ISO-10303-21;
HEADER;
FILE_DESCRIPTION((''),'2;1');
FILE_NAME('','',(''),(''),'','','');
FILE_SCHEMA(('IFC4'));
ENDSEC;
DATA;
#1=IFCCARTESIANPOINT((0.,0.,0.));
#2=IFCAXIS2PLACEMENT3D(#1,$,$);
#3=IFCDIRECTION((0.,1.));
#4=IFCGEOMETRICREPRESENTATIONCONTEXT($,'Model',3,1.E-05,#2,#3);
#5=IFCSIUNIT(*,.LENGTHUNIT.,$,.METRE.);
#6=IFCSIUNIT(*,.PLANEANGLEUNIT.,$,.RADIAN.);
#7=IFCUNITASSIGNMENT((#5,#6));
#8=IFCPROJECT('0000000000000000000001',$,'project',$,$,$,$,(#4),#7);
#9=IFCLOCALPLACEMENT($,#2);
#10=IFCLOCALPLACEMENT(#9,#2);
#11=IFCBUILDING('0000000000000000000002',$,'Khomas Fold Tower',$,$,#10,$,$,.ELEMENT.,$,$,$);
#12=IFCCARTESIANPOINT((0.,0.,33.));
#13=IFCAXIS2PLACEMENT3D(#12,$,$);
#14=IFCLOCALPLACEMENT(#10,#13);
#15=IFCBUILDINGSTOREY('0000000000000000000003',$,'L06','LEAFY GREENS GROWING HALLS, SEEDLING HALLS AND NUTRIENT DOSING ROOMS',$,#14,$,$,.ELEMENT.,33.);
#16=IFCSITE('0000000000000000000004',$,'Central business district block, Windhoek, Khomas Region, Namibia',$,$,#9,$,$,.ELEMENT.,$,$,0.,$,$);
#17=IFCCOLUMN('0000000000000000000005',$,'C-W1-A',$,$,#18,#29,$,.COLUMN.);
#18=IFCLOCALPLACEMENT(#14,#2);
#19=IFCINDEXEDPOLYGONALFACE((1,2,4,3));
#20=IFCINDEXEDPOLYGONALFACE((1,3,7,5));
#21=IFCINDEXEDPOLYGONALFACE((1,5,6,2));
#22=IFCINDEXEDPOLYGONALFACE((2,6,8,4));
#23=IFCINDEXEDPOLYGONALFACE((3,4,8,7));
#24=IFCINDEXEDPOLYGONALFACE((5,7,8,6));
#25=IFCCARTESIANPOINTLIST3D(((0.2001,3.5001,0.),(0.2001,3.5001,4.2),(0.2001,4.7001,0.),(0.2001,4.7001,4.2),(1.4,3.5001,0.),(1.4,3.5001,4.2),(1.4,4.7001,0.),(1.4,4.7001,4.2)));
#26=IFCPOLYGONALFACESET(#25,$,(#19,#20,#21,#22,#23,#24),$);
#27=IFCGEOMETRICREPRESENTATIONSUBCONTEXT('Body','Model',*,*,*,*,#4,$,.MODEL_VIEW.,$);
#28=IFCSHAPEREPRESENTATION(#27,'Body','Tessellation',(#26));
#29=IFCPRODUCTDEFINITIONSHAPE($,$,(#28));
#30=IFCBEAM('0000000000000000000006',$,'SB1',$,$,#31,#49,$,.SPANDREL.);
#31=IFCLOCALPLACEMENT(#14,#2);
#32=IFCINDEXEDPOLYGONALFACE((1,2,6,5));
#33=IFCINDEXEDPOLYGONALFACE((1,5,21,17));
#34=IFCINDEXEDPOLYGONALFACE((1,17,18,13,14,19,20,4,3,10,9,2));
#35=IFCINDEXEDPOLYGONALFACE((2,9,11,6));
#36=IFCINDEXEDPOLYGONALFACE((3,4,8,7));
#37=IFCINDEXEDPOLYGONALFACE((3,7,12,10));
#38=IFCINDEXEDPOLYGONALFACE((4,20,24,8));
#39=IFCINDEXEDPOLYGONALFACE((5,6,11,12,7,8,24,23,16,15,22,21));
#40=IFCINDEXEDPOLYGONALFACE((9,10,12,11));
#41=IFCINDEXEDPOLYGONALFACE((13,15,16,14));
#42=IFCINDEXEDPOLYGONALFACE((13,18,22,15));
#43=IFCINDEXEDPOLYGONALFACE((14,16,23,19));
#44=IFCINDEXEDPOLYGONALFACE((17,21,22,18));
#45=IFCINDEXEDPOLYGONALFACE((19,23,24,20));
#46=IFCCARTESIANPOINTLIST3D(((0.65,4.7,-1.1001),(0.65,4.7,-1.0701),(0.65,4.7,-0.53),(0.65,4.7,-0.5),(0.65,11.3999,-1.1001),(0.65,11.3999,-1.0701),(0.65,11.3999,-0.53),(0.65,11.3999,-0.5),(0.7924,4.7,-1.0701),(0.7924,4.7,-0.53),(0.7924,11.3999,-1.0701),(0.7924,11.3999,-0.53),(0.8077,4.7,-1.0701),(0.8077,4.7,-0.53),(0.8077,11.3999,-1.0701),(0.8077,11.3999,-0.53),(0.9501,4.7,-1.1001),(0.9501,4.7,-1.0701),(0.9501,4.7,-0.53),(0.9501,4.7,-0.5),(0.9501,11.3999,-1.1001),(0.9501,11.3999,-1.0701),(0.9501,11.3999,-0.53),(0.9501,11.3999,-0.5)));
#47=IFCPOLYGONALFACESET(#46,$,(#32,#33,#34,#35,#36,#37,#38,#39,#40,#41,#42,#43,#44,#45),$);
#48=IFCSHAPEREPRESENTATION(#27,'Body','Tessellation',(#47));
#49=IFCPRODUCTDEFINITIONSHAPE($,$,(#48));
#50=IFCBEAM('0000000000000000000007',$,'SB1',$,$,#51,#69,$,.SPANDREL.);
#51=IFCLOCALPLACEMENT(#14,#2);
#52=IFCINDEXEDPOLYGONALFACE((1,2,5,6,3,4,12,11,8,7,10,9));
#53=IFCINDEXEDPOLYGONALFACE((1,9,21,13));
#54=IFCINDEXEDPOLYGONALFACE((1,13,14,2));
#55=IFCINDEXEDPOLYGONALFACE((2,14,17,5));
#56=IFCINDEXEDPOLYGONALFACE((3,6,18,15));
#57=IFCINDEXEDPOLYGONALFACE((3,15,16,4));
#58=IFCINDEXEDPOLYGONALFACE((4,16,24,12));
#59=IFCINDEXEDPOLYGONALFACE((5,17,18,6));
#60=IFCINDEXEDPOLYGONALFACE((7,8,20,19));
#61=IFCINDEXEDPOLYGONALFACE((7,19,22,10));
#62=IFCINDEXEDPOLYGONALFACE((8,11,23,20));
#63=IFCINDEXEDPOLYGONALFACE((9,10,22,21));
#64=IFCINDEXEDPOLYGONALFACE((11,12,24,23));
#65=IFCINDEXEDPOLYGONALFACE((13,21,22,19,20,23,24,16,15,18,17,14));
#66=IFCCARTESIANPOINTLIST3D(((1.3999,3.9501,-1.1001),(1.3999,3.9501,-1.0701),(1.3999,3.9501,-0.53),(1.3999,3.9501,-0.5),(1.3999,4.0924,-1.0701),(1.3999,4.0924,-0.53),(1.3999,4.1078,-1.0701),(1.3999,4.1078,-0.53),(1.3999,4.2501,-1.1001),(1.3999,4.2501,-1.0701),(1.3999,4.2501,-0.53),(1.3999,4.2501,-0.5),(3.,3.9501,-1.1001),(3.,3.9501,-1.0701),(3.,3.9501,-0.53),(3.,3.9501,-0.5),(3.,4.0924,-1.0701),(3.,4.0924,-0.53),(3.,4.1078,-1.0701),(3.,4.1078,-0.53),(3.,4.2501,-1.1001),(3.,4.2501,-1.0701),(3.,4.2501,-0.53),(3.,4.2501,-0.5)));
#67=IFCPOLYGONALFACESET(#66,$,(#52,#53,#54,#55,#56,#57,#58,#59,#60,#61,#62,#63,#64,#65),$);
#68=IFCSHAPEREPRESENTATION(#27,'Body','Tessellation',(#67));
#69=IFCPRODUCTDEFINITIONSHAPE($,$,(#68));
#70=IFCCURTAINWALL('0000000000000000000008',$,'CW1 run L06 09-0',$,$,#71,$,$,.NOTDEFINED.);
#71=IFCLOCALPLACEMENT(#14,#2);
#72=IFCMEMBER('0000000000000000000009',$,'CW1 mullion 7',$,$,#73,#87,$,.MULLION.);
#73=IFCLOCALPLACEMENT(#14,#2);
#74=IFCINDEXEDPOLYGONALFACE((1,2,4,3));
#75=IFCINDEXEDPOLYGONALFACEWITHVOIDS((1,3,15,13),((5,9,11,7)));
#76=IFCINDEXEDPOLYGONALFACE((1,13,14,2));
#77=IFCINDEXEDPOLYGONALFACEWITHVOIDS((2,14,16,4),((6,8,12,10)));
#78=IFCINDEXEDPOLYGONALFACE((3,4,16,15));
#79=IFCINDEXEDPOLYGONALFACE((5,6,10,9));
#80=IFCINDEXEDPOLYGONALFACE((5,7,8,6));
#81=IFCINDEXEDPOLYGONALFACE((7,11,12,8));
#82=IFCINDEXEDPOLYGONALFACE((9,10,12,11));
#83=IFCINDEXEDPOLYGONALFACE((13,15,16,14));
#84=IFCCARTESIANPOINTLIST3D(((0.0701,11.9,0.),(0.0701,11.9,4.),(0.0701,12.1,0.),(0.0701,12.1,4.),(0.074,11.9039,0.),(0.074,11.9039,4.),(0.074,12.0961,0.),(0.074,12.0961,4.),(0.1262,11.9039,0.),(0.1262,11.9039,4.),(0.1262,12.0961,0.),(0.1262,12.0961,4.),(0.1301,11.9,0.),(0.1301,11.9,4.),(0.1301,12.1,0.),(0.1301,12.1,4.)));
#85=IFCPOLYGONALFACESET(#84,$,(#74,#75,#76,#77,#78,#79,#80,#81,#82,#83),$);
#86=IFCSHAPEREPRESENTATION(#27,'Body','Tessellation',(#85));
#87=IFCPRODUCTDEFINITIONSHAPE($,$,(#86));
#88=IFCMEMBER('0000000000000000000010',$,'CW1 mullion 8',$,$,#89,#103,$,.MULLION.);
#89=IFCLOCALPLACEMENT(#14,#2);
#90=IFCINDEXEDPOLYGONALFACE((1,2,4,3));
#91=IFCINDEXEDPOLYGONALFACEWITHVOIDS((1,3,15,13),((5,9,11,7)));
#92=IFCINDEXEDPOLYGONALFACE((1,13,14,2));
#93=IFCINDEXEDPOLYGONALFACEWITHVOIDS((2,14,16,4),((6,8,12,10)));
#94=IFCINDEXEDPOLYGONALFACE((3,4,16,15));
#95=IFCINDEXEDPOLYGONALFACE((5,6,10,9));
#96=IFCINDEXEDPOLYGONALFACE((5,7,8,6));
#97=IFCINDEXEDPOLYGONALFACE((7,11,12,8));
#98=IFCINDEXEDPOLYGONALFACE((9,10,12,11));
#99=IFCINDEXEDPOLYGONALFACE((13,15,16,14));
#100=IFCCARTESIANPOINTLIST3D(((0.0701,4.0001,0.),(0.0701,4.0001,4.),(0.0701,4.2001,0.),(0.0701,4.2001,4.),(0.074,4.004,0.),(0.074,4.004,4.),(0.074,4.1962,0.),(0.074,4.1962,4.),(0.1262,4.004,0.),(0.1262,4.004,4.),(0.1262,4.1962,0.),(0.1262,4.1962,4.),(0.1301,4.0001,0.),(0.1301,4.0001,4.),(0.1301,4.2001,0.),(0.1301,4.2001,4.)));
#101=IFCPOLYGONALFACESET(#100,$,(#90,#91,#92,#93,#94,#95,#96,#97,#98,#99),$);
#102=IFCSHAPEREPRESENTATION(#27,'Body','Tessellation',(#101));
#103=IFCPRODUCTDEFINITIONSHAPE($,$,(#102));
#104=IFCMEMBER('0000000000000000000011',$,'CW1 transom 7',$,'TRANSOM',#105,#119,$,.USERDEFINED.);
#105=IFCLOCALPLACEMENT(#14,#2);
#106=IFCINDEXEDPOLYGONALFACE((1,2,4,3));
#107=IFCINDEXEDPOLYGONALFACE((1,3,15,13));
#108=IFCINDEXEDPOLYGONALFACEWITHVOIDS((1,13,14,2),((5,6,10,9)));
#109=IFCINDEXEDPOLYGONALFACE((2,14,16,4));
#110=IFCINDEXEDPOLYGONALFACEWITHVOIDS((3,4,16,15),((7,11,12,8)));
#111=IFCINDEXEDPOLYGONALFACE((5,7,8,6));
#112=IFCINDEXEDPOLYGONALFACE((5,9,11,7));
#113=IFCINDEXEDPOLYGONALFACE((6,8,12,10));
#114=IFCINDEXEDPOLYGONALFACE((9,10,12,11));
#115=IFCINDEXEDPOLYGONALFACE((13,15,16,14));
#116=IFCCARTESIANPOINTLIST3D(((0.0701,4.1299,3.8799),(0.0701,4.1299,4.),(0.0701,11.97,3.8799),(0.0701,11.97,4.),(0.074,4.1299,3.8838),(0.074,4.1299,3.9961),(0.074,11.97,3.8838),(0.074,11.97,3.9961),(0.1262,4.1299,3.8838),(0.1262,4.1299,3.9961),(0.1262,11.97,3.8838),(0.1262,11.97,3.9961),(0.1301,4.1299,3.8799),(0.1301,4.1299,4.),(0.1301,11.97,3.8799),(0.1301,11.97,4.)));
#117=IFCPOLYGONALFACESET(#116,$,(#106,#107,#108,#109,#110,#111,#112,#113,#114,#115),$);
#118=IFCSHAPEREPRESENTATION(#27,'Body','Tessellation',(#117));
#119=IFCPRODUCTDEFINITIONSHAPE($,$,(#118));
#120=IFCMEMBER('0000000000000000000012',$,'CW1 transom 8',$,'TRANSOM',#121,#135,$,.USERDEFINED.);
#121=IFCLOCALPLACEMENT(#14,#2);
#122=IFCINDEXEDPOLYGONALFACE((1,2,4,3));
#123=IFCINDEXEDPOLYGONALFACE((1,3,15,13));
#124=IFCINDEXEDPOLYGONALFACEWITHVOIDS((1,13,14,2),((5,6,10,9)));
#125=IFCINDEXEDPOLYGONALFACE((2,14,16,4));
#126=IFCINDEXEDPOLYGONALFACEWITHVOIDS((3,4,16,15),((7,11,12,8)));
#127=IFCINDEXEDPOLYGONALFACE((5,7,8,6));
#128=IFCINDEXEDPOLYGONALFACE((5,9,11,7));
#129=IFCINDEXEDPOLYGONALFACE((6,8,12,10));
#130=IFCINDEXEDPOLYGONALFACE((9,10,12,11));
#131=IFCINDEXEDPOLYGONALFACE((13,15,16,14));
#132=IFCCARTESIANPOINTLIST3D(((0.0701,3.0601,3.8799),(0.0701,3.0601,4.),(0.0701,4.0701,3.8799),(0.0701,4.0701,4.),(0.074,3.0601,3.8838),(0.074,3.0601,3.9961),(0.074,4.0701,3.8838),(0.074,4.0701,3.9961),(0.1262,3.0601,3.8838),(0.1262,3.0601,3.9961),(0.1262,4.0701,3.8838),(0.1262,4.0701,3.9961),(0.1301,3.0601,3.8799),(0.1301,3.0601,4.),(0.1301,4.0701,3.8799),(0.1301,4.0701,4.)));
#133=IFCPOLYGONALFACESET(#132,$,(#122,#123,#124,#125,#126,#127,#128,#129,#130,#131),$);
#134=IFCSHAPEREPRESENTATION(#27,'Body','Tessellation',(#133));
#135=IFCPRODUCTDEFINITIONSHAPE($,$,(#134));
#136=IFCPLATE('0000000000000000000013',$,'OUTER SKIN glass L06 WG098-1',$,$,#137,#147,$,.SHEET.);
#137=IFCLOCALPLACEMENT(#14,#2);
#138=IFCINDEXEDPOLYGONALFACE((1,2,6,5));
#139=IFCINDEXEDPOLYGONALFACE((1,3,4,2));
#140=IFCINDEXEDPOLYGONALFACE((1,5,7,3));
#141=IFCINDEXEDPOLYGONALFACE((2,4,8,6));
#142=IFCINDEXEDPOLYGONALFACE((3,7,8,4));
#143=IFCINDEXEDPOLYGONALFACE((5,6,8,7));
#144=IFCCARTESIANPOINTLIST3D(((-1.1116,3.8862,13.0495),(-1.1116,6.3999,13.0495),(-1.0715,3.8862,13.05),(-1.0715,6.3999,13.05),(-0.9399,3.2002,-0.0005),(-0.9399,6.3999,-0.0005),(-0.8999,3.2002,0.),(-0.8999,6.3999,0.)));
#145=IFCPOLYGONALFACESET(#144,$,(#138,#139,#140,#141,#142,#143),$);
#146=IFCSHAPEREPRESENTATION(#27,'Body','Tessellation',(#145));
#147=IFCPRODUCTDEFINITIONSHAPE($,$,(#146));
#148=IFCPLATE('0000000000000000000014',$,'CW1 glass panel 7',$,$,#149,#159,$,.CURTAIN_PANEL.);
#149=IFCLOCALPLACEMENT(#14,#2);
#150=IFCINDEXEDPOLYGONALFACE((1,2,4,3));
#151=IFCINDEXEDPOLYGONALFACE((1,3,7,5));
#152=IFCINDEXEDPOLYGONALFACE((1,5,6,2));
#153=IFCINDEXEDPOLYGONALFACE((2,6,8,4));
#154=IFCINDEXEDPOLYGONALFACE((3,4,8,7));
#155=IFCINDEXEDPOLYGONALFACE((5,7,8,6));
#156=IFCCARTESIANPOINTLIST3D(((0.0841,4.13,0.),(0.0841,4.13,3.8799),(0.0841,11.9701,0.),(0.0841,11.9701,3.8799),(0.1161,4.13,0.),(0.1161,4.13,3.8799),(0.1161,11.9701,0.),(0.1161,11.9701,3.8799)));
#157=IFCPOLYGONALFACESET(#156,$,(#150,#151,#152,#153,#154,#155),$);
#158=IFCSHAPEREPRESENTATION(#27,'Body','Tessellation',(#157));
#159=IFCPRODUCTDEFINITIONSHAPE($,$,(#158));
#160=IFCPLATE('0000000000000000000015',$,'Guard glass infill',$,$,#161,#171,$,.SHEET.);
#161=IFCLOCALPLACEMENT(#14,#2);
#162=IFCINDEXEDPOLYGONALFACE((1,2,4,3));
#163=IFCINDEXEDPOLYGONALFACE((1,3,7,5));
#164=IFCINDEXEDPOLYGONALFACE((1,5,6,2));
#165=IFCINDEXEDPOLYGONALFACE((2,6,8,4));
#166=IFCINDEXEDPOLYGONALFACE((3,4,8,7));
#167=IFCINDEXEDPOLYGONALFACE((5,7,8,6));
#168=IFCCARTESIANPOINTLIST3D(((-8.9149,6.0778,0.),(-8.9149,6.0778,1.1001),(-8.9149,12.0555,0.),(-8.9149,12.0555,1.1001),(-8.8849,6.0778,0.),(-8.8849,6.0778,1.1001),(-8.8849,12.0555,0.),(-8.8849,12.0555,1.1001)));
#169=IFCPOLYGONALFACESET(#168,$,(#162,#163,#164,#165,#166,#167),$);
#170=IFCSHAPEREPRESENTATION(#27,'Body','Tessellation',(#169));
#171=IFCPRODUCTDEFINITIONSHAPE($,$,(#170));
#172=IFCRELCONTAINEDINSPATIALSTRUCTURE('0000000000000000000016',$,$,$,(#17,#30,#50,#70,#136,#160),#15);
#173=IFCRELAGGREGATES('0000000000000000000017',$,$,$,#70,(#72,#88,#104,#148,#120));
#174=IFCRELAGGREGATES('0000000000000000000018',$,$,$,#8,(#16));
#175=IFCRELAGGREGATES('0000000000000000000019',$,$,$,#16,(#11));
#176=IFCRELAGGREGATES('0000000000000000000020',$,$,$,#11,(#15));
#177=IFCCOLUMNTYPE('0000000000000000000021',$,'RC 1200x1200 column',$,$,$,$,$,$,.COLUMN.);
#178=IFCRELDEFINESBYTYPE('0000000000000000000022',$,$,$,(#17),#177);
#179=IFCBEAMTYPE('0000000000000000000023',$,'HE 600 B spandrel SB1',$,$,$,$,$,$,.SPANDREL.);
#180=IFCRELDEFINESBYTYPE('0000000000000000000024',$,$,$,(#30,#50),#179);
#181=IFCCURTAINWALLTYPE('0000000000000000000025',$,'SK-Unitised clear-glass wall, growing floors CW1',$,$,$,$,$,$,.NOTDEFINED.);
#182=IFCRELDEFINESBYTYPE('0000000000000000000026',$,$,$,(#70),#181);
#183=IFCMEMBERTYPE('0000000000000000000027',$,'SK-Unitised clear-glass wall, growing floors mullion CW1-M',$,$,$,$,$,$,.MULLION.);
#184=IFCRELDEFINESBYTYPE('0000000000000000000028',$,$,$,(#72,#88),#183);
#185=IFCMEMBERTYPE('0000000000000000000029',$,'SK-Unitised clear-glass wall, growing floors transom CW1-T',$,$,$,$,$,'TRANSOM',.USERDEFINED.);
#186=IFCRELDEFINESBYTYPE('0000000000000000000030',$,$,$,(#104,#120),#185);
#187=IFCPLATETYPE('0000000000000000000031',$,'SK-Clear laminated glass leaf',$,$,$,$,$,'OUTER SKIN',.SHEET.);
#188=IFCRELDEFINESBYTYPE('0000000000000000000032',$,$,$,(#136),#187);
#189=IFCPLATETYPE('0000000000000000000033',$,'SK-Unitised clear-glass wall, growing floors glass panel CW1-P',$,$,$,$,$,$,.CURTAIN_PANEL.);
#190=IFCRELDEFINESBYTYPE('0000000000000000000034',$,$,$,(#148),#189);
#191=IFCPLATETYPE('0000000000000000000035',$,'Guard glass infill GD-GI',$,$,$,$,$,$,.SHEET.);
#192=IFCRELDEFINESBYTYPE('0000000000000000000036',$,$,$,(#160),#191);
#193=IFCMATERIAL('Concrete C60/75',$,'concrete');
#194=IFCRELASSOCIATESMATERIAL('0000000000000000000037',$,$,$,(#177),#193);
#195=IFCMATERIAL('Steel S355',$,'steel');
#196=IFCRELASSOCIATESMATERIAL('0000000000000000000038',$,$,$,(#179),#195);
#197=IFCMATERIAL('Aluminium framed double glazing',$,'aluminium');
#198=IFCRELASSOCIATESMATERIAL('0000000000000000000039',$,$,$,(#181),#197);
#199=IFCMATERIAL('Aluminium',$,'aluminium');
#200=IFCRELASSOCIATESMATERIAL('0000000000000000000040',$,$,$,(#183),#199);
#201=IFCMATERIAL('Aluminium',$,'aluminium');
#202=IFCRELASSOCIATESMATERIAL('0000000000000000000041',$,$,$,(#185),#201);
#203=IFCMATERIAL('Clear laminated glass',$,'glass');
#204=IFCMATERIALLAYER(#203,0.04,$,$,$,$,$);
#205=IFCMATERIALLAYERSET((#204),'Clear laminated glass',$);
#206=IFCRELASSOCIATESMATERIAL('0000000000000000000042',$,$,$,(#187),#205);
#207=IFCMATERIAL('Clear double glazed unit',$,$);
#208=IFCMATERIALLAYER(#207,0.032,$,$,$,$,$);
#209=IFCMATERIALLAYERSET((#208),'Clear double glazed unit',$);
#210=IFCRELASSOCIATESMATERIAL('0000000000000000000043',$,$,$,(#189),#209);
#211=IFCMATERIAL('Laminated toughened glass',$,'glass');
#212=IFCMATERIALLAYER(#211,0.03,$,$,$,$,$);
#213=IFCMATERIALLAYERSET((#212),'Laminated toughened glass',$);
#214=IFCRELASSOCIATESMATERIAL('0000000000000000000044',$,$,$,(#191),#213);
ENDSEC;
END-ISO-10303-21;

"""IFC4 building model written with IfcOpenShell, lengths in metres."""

from ifc_helpers import new_model, si_unit, direction, frame, origin, origin_2d, place, context, subcontext, project, spatial, polyline, rectangle, hollow_rectangle, i_section, outline, extrude, source, transform, mapped, material, layer, layer_set, material_profile, profile_set, type_object, element, aggregate, save


model = new_model("IFC4")

# Units and contexts
model_context = context("Model", 3, precision=1e-05, world=origin(), true_north=direction((0.0, 1.0)))
body_context = subcontext(model_context, "Body", "Model", "MODEL_VIEW")
ifc_project = project(units=[si_unit("LENGTHUNIT", "METRE"), si_unit("PLANEANGLEUNIT", "RADIAN")], contexts=[model_context])

# Site, building, storey
site_placement = place(None, origin())
site = spatial("IfcSite", under=ifc_project, at=site_placement, Name="Central business district block, Windhoek, Khomas Region, Namibia", CompositionType="ELEMENT", RefElevation=0.0)
building_placement = place(site_placement, origin())
building = spatial("IfcBuilding", under=site, at=building_placement, Name="Khomas Fold Tower", CompositionType="ELEMENT")
storey_placement = place(building_placement, frame((0.0, 0.0, 33.0)))
storey = spatial("IfcBuildingStorey", under=building, at=storey_placement, Name="L06", Description="LEAFY GREENS GROWING HALLS, SEEDLING HALLS AND NUTRIENT DOSING ROOMS", CompositionType="ELEMENT", Elevation=33.0)

# Column
ifc_material_1 = material(Name="Concrete C60/75", Category="concrete")
ifc_material_profile_1 = material_profile(ifc_material_1, rectangle(XDim=1.2, YDim=1.2, at=origin_2d()), Name="RC 1200x1200")
ifc_profile_set_1 = profile_set([ifc_material_profile_1], Name="Concrete C60/75")
column_type = type_object("IfcColumnType", Name="RC 1200x1200 column", PredefinedType="COLUMN", material=ifc_profile_set_1)
shared_shape_1 = source(origin(), body_context, "Body", "SweptSolid", [
    extrude(rectangle(XDim=1.2, YDim=1.2, at=origin_2d()), origin(), (0.0, 0.0, 1.0), 4.2),
])
column_placement = place(storey_placement, frame((0.8, 4.1001, 0.0), z_axis=(0.0, 0.0, 1.0), x_axis=(1.0, 0.0, 0.0)))
element("IfcColumn", 1, at=column_placement, inside=storey, type_object=column_type, Name="C-W1-A", PredefinedType="COLUMN", context=body_context, shape_type="MappedRepresentation", body=[
    mapped(shared_shape_1, transform((0.0, 0.0, 0.0))),
])

# Beams
ifc_material_2 = material(Name="Steel S355", Category="steel")
ifc_material_profile_2 = material_profile(ifc_material_2, i_section(OverallWidth=0.3, OverallDepth=0.6001, WebThickness=0.0154, FlangeThickness=0.03, at=origin_2d()), Name="HE 600 B")
ifc_profile_set_2 = profile_set([ifc_material_profile_2], Name="Steel S355")
beam_type = type_object("IfcBeamType", Name="HE 600 B spandrel SB1", PredefinedType="SPANDREL", material=ifc_profile_set_2)
shared_shape_2 = source(origin(), body_context, "Body", "SweptSolid", [
    extrude(i_section(OverallWidth=0.3, OverallDepth=0.6001, WebThickness=0.0154, FlangeThickness=0.03, at=origin_2d()), origin(), (0.0, 0.0, 1.0), 6.7),
])
beam_1_placement = place(storey_placement, frame((0.8, 4.7, -0.8), z_axis=(0.0, 1.0, 0.0), x_axis=(-1.0, 0.0, 0.0)))
element("IfcBeam", 2, at=beam_1_placement, inside=storey, type_object=beam_type, Name="SB1", PredefinedType="SPANDREL", context=body_context, shape_type="MappedRepresentation", body=[
    mapped(shared_shape_2, transform((0.0, 0.0, 0.0))),
])
shared_shape_3 = source(origin(), body_context, "Body", "SweptSolid", [
    extrude(i_section(OverallWidth=0.3, OverallDepth=0.6001, WebThickness=0.0154, FlangeThickness=0.03, at=origin_2d()), origin(), (0.0, 0.0, 1.0), 1.6001),
])
beam_2_placement = place(storey_placement, frame((1.3999, 4.1001, -0.8), z_axis=(1.0, 0.0, 0.0), x_axis=(0.0, 1.0, 0.0)))
element("IfcBeam", 3, at=beam_2_placement, inside=storey, type_object=beam_type, Name="SB1", PredefinedType="SPANDREL", context=body_context, shape_type="MappedRepresentation", body=[
    mapped(shared_shape_3, transform((0.0, 0.0, 0.0))),
])

# Curtain wall, members
ifc_material_3 = material(Name="Aluminium framed double glazing", Category="aluminium")
curtain_wall_type = type_object("IfcCurtainWallType", Name="SK-Unitised clear-glass wall, growing floors CW1", PredefinedType="NOTDEFINED", material=ifc_material_3)
curtain_wall_placement = place(storey_placement, origin())
curtain_wall = element("IfcCurtainWall", 4, at=curtain_wall_placement, inside=storey, type_object=curtain_wall_type, Name="CW1 run L06 09-0", PredefinedType="NOTDEFINED")
ifc_material_4 = material(Name="Aluminium", Category="aluminium")
ifc_material_profile_3 = material_profile(ifc_material_4, hollow_rectangle(XDim=0.0601, YDim=0.2, WallThickness=0.0039, at=origin_2d()), Name="SK-Unitised clear-glass wall, growing floors mullion CW1-M")
ifc_profile_set_3 = profile_set([ifc_material_profile_3], Name="Aluminium")
member_type_1 = type_object("IfcMemberType", Name="SK-Unitised clear-glass wall, growing floors mullion CW1-M", PredefinedType="MULLION", material=ifc_profile_set_3)
shared_shape_4 = source(origin(), body_context, "Body", "SweptSolid", [
    extrude(hollow_rectangle(XDim=0.0601, YDim=0.2, WallThickness=0.0039, at=origin_2d()), origin(), (0.0, 0.0, 1.0), 4.0),
])
member_1_placement = place(storey_placement, frame((0.1001, 12.0, 0.0), z_axis=(0.0, 0.0, 1.0), x_axis=(1.0, 0.0, 0.0)))
member_1 = element("IfcMember", 5, at=member_1_placement, type_object=member_type_1, Name="CW1 mullion 7", PredefinedType="MULLION", context=body_context, shape_type="MappedRepresentation", body=[
    mapped(shared_shape_4, transform((0.0, 0.0, 0.0))),
])
member_2_placement = place(storey_placement, frame((0.1001, 4.1001, 0.0), z_axis=(0.0, 0.0, 1.0), x_axis=(1.0, 0.0, 0.0)))
member_2 = element("IfcMember", 6, at=member_2_placement, type_object=member_type_1, Name="CW1 mullion 8", PredefinedType="MULLION", context=body_context, shape_type="MappedRepresentation", body=[
    mapped(shared_shape_4, transform((0.0, 0.0, 0.0))),
])
ifc_material_5 = material(Name="Aluminium", Category="aluminium")
ifc_material_profile_4 = material_profile(ifc_material_5, hollow_rectangle(XDim=0.0601, YDim=0.1201, WallThickness=0.0039, at=origin_2d()), Name="SK-Unitised clear-glass wall, growing floors transom CW1-T")
ifc_profile_set_4 = profile_set([ifc_material_profile_4], Name="Aluminium")
member_type_2 = type_object("IfcMemberType", Name="SK-Unitised clear-glass wall, growing floors transom CW1-T", ElementType="TRANSOM", PredefinedType="USERDEFINED", material=ifc_profile_set_4)
shared_shape_5 = source(origin(), body_context, "Body", "SweptSolid", [
    extrude(hollow_rectangle(XDim=0.0601, YDim=0.1201, WallThickness=0.0039, at=origin_2d()), origin(), (0.0, 0.0, 1.0), 7.8401),
])
member_3_placement = place(storey_placement, frame((0.1001, 11.97, 3.9399), z_axis=(0.0, -1.0, 0.0), x_axis=(1.0, 0.0, 0.0)))
member_3 = element("IfcMember", 7, at=member_3_placement, type_object=member_type_2, Name="CW1 transom 7", ObjectType="TRANSOM", PredefinedType="USERDEFINED", context=body_context, shape_type="MappedRepresentation", body=[
    mapped(shared_shape_5, transform((0.0, 0.0, 0.0))),
])
shared_shape_6 = source(origin(), body_context, "Body", "SweptSolid", [
    extrude(hollow_rectangle(XDim=0.0601, YDim=0.1201, WallThickness=0.0039, at=origin_2d()), origin(), (0.0, 0.0, 1.0), 1.01),
])
member_4_placement = place(storey_placement, frame((0.1001, 4.0701, 3.9399), z_axis=(0.0, -1.0, 0.0), x_axis=(1.0, 0.0, 0.0)))
member_4 = element("IfcMember", 8, at=member_4_placement, type_object=member_type_2, Name="CW1 transom 8", ObjectType="TRANSOM", PredefinedType="USERDEFINED", context=body_context, shape_type="MappedRepresentation", body=[
    mapped(shared_shape_6, transform((0.0, 0.0, 0.0))),
])

# Plates
ifc_material_6 = material(Name="Clear laminated glass", Category="glass")
ifc_layer_1 = layer(ifc_material_6, 0.04)
ifc_layer_set_1 = layer_set([ifc_layer_1], Name="Clear laminated glass")
plate_type_1 = type_object("IfcPlateType", Name="SK-Clear laminated glass leaf", ElementType="OUTER SKIN", PredefinedType="SHEET", material=ifc_layer_set_1)
plate_1_placement = place(storey_placement, frame((-0.8999, 6.3999, 0.0), z_axis=(0.999914, 0.0, 0.013151), x_axis=(0.0, -1.0, 0.0)))
element("IfcPlate", 9, at=plate_1_placement, inside=storey, type_object=plate_type_1, Name="OUTER SKIN glass L06 WG098-1", PredefinedType="SHEET", context=body_context, shape_type="SweptSolid", body=[
    extrude(outline(polyline([(0.0, 0.0), (3.1997, 0.0), (2.5137, -13.0512), (0.0, -13.0512), (0.0, 0.0)])), origin(), (0.0, 0.0, -1.0), 0.04),
])
ifc_material_7 = material(Name="Clear double glazed unit")
ifc_layer_2 = layer(ifc_material_7, 0.032)
ifc_layer_set_2 = layer_set([ifc_layer_2], Name="Clear double glazed unit")
plate_type_2 = type_object("IfcPlateType", Name="SK-Unitised clear-glass wall, growing floors glass panel CW1-P", PredefinedType="CURTAIN_PANEL", material=ifc_layer_set_2)
shared_shape_7 = source(origin(), body_context, "Body", "SweptSolid", [
    extrude(rectangle(XDim=7.8401, YDim=0.032, at=origin_2d()), origin(), (0.0, 0.0, 1.0), 3.8799),
])
plate_2_placement = place(storey_placement, frame((0.1001, 8.05, 0.0), z_axis=(0.0, 0.0, 1.0), x_axis=(0.0, -1.0, 0.0)))
plate_2 = element("IfcPlate", 10, at=plate_2_placement, type_object=plate_type_2, Name="CW1 glass panel 7", PredefinedType="CURTAIN_PANEL", context=body_context, shape_type="MappedRepresentation", body=[
    mapped(shared_shape_7, transform((0.0, 0.0, 0.0))),
])
aggregate(curtain_wall, [member_1, member_2, member_3, plate_2, member_4])
ifc_material_8 = material(Name="Laminated toughened glass", Category="glass")
ifc_layer_3 = layer(ifc_material_8, 0.03)
ifc_layer_set_3 = layer_set([ifc_layer_3], Name="Laminated toughened glass")
plate_type_3 = type_object("IfcPlateType", Name="Guard glass infill GD-GI", PredefinedType="SHEET", material=ifc_layer_set_3)
shared_shape_8 = source(origin(), body_context, "Body", "SweptSolid", [
    extrude(rectangle(XDim=5.9778, YDim=0.03, at=origin_2d()), origin(), (0.0, 0.0, 1.0), 1.1001),
])
plate_3_placement = place(storey_placement, frame((-8.8999, 9.0667, 0.0), z_axis=(0.0, 0.0, 1.0), x_axis=(0.0, 1.0, 0.0)))
element("IfcPlate", 11, at=plate_3_placement, inside=storey, type_object=plate_type_3, Name="Guard glass infill", PredefinedType="SHEET", context=body_context, shape_type="MappedRepresentation", body=[
    mapped(shared_shape_8, transform((0.0, 0.0, 0.0))),
])

save(model, "model.ifc")
